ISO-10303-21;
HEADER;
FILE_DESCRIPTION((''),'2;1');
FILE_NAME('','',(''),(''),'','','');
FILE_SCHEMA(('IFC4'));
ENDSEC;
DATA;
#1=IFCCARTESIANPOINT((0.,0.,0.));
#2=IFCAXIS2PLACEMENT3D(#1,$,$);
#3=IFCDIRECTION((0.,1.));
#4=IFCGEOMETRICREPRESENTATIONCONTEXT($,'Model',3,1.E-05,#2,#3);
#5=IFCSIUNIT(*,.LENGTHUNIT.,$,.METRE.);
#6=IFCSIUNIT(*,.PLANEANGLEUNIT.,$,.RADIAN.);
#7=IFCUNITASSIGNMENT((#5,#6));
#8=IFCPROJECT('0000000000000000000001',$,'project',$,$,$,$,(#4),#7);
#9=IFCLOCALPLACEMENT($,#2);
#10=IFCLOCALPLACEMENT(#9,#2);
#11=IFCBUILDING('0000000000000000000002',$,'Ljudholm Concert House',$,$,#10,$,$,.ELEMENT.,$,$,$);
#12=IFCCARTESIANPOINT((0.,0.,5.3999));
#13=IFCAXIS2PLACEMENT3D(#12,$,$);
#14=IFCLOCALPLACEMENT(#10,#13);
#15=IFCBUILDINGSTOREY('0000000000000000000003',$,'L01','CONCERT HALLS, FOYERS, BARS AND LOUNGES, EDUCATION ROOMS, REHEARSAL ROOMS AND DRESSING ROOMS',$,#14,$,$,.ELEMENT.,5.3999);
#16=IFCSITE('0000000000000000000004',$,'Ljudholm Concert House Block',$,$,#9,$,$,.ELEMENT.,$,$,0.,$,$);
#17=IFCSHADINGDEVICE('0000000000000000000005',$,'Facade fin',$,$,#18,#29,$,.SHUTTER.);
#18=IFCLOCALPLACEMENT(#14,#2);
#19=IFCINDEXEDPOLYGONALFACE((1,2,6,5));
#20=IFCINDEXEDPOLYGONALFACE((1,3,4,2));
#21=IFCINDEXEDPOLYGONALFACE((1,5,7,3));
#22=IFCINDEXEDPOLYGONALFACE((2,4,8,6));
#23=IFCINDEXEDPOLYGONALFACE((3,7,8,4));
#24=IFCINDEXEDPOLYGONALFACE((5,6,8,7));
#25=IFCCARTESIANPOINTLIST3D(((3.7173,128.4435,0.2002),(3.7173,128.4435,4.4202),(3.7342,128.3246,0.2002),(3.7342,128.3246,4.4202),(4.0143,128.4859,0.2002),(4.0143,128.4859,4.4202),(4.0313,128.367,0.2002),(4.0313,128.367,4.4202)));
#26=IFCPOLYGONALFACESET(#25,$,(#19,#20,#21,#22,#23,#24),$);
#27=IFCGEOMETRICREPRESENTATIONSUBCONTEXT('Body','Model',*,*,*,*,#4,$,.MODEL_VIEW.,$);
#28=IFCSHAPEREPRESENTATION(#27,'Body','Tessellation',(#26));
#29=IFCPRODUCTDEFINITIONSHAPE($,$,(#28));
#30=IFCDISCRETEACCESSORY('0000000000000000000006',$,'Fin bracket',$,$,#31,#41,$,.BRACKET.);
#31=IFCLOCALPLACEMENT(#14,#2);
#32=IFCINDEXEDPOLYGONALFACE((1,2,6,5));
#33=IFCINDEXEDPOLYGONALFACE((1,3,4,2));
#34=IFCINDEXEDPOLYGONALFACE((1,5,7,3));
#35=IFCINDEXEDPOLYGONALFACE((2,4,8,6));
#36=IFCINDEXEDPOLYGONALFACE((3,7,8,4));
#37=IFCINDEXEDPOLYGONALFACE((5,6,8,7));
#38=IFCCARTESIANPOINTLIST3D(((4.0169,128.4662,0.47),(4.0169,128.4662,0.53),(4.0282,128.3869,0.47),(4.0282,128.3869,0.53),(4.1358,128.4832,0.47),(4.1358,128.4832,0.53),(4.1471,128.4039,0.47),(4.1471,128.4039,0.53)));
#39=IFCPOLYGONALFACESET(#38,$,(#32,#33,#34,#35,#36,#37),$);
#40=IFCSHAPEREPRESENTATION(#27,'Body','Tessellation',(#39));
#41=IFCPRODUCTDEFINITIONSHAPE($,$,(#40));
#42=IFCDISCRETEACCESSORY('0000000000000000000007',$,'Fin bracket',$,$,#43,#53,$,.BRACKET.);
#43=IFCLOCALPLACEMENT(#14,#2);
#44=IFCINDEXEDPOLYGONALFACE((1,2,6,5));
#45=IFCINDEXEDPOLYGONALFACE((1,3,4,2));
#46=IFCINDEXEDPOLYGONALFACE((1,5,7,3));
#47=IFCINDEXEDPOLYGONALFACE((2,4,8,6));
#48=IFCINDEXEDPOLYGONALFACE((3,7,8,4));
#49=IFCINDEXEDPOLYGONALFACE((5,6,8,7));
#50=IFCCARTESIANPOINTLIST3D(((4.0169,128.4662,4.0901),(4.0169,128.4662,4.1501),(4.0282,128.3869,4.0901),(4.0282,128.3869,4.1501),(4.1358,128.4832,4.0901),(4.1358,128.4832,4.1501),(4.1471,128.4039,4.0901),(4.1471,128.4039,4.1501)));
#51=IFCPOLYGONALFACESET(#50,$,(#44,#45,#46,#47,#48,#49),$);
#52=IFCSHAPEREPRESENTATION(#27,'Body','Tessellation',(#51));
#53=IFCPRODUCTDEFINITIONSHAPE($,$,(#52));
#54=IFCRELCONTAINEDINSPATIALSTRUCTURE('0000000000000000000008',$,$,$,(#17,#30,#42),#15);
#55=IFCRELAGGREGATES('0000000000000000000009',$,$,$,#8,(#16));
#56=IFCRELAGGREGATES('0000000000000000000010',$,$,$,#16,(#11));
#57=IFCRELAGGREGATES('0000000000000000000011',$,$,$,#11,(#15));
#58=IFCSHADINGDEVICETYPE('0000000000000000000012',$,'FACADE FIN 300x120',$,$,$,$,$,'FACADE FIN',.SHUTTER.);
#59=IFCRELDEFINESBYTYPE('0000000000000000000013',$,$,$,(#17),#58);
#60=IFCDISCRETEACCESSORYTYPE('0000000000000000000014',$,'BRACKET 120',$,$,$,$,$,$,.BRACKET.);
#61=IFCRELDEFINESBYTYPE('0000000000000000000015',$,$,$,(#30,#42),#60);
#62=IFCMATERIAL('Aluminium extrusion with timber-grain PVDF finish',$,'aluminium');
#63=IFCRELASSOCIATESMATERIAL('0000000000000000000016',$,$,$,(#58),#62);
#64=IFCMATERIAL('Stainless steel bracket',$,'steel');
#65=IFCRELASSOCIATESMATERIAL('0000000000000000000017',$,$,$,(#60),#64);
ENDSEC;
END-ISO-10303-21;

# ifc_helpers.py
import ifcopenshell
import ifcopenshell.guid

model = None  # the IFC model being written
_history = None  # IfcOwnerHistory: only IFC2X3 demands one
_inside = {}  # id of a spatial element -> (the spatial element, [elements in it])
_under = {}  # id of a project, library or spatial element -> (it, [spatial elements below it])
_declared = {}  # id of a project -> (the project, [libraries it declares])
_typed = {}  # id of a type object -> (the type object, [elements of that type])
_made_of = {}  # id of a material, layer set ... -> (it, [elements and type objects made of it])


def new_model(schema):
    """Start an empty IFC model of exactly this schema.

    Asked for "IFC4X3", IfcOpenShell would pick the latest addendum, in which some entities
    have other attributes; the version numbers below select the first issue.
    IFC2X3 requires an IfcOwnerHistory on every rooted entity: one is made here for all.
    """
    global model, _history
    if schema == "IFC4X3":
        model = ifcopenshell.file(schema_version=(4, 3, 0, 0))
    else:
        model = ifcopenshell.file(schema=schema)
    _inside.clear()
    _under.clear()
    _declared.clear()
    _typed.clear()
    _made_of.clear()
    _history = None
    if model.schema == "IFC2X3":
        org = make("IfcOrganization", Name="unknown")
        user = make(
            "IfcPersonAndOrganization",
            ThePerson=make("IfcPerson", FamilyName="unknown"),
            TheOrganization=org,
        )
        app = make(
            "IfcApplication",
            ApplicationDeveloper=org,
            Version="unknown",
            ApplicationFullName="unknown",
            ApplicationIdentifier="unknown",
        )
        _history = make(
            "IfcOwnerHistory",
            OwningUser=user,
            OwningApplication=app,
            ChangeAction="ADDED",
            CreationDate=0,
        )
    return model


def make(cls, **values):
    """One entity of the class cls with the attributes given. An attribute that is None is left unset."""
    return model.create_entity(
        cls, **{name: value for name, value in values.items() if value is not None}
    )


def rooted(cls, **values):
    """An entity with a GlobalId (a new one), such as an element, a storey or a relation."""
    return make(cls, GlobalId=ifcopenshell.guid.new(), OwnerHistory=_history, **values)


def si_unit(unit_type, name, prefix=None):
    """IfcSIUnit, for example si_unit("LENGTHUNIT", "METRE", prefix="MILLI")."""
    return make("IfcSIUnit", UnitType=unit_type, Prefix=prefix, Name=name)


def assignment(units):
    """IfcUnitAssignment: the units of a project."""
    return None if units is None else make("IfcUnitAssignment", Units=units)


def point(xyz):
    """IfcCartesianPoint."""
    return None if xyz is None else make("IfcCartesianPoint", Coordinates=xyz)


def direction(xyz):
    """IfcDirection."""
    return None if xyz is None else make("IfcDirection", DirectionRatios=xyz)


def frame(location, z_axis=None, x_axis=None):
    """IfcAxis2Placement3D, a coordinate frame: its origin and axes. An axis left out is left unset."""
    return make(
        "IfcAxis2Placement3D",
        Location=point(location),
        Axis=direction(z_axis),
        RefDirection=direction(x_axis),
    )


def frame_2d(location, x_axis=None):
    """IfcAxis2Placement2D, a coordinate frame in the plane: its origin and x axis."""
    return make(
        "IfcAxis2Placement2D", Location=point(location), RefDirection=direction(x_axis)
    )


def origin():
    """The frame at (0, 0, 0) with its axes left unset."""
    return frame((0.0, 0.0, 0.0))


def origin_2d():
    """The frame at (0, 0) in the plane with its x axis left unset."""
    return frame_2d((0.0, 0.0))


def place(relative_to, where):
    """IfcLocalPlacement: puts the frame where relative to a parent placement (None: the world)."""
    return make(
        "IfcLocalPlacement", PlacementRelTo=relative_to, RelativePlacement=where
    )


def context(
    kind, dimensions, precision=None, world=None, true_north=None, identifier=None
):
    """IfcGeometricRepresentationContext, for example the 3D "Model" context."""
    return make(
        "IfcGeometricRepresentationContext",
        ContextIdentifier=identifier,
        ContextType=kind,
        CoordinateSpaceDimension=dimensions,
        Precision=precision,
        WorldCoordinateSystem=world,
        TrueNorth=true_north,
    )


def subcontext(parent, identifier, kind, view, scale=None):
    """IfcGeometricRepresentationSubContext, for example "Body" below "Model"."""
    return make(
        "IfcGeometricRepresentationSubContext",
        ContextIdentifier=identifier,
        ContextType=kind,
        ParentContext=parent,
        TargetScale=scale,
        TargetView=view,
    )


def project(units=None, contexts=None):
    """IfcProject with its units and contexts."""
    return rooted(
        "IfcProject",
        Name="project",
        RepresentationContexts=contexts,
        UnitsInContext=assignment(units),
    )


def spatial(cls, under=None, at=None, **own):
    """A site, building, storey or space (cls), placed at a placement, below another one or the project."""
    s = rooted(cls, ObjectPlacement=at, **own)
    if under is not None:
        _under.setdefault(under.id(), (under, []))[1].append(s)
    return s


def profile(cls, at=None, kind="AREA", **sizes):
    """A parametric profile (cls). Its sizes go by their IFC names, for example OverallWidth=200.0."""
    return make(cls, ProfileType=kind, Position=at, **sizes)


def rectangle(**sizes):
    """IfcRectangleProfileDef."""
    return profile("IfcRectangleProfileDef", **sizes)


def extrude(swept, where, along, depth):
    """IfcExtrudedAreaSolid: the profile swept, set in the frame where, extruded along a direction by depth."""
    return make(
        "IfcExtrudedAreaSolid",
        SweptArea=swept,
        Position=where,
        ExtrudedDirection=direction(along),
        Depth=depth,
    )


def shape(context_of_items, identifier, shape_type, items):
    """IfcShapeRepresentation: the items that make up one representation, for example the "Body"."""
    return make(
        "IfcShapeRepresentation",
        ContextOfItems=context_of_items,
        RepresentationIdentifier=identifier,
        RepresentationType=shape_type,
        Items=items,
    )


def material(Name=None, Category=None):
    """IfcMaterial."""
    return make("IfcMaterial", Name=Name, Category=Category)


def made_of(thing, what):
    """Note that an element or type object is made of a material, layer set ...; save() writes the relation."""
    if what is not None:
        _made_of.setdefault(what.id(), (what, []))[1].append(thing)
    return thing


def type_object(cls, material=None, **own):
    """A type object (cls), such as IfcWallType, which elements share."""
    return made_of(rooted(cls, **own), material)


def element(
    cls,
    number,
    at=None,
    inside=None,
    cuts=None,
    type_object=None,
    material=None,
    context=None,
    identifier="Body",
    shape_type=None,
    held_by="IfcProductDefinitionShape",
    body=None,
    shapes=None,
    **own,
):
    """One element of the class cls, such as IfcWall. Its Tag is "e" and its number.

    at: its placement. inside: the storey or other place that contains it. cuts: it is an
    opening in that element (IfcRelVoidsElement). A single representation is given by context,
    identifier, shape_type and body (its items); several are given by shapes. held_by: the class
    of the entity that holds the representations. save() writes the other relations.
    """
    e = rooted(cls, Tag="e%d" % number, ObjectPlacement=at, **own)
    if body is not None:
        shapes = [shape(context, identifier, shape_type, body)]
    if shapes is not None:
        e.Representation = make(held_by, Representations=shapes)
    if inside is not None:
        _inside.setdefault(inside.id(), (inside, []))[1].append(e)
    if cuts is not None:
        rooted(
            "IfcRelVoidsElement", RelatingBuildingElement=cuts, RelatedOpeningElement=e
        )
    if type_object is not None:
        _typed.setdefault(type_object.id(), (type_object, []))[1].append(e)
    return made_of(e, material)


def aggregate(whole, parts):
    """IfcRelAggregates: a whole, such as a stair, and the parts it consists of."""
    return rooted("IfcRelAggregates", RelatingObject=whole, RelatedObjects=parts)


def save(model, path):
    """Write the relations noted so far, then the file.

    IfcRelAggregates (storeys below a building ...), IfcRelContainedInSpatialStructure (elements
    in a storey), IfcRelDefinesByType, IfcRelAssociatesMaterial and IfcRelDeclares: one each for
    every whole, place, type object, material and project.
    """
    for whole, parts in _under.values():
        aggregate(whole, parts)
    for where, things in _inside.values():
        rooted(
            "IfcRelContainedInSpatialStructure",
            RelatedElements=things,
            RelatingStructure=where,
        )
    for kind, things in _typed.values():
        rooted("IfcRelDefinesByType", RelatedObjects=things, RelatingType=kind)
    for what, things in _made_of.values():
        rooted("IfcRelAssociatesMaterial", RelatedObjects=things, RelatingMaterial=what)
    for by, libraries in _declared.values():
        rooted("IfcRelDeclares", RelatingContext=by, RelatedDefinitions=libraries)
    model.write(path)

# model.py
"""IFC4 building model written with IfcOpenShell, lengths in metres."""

from ifc_helpers import new_model, si_unit, direction, frame, origin, origin_2d, place, context, subcontext, project, spatial, rectangle, extrude, material, type_object, element, save


model = new_model("IFC4")

# Units and contexts
model_context = context("Model", 3, precision=1e-05, world=origin(), true_north=direction((0.0, 1.0)))
body_context = subcontext(model_context, "Body", "Model", "MODEL_VIEW")
ifc_project = project(units=[si_unit("LENGTHUNIT", "METRE"), si_unit("PLANEANGLEUNIT", "RADIAN")], contexts=[model_context])

# Site, building, storey
site_placement = place(None, origin())
site = spatial("IfcSite", under=ifc_project, at=site_placement, Name="Ljudholm Concert House Block", CompositionType="ELEMENT", RefElevation=0.0)
building_placement = place(site_placement, origin())
building = spatial("IfcBuilding", under=site, at=building_placement, Name="Ljudholm Concert House", CompositionType="ELEMENT")
storey_placement = place(building_placement, frame((0.0, 0.0, 5.3999)))
storey = spatial("IfcBuildingStorey", under=building, at=storey_placement, Name="L01", Description="CONCERT HALLS, FOYERS, BARS AND LOUNGES, EDUCATION ROOMS, REHEARSAL ROOMS AND DRESSING ROOMS", CompositionType="ELEMENT", Elevation=5.3999)

# Shading device
ifc_material_1 = material(Name="Aluminium extrusion with timber-grain PVDF finish", Category="aluminium")
shading_device_type = type_object("IfcShadingDeviceType", Name="FACADE FIN 300x120", ElementType="FACADE FIN", PredefinedType="SHUTTER", material=ifc_material_1)
shading_device_placement = place(storey_placement, frame((3.8743, 128.4053, 0.2002), z_axis=(0.0, 0.0, 1.0), x_axis=(-0.989949, -0.141421, 0.0)))
element("IfcShadingDevice", 1, at=shading_device_placement, inside=storey, type_object=shading_device_type, Name="Facade fin", PredefinedType="SHUTTER", context=body_context, shape_type="SweptSolid", body=[
    extrude(rectangle(XDim=0.3, YDim=0.1201, at=origin_2d()), origin(), (0.0, 0.0, 1.0), 4.22),
])

# Discrete accessories
ifc_material_2 = material(Name="Stainless steel bracket", Category="steel")
discrete_accessory_type = type_object("IfcDiscreteAccessoryType", Name="BRACKET 120", PredefinedType="BRACKET", material=ifc_material_2)
for number, where, z_axis, x_axis, name in (
    (2, (4.082, 128.4351, 0.47), (0.0, 0.0, 1.0), (-0.989949, -0.141421, 0.0), "Fin bracket"),
    (3, (4.082, 128.4351, 4.0901), (0.0, 0.0, 1.0), (-0.989949, -0.141421, 0.0), "Fin bracket"),
):
    element("IfcDiscreteAccessory", number, at=place(storey_placement, frame(where, z_axis=z_axis, x_axis=x_axis)), inside=storey, type_object=discrete_accessory_type, Name=name, PredefinedType="BRACKET", context=body_context, shape_type="SweptSolid", body=[
        extrude(rectangle(XDim=0.1201, YDim=0.0801, at=origin_2d()), origin(), (0.0, 0.0, 1.0), 0.0601),
    ])

save(model, "model.ifc")
